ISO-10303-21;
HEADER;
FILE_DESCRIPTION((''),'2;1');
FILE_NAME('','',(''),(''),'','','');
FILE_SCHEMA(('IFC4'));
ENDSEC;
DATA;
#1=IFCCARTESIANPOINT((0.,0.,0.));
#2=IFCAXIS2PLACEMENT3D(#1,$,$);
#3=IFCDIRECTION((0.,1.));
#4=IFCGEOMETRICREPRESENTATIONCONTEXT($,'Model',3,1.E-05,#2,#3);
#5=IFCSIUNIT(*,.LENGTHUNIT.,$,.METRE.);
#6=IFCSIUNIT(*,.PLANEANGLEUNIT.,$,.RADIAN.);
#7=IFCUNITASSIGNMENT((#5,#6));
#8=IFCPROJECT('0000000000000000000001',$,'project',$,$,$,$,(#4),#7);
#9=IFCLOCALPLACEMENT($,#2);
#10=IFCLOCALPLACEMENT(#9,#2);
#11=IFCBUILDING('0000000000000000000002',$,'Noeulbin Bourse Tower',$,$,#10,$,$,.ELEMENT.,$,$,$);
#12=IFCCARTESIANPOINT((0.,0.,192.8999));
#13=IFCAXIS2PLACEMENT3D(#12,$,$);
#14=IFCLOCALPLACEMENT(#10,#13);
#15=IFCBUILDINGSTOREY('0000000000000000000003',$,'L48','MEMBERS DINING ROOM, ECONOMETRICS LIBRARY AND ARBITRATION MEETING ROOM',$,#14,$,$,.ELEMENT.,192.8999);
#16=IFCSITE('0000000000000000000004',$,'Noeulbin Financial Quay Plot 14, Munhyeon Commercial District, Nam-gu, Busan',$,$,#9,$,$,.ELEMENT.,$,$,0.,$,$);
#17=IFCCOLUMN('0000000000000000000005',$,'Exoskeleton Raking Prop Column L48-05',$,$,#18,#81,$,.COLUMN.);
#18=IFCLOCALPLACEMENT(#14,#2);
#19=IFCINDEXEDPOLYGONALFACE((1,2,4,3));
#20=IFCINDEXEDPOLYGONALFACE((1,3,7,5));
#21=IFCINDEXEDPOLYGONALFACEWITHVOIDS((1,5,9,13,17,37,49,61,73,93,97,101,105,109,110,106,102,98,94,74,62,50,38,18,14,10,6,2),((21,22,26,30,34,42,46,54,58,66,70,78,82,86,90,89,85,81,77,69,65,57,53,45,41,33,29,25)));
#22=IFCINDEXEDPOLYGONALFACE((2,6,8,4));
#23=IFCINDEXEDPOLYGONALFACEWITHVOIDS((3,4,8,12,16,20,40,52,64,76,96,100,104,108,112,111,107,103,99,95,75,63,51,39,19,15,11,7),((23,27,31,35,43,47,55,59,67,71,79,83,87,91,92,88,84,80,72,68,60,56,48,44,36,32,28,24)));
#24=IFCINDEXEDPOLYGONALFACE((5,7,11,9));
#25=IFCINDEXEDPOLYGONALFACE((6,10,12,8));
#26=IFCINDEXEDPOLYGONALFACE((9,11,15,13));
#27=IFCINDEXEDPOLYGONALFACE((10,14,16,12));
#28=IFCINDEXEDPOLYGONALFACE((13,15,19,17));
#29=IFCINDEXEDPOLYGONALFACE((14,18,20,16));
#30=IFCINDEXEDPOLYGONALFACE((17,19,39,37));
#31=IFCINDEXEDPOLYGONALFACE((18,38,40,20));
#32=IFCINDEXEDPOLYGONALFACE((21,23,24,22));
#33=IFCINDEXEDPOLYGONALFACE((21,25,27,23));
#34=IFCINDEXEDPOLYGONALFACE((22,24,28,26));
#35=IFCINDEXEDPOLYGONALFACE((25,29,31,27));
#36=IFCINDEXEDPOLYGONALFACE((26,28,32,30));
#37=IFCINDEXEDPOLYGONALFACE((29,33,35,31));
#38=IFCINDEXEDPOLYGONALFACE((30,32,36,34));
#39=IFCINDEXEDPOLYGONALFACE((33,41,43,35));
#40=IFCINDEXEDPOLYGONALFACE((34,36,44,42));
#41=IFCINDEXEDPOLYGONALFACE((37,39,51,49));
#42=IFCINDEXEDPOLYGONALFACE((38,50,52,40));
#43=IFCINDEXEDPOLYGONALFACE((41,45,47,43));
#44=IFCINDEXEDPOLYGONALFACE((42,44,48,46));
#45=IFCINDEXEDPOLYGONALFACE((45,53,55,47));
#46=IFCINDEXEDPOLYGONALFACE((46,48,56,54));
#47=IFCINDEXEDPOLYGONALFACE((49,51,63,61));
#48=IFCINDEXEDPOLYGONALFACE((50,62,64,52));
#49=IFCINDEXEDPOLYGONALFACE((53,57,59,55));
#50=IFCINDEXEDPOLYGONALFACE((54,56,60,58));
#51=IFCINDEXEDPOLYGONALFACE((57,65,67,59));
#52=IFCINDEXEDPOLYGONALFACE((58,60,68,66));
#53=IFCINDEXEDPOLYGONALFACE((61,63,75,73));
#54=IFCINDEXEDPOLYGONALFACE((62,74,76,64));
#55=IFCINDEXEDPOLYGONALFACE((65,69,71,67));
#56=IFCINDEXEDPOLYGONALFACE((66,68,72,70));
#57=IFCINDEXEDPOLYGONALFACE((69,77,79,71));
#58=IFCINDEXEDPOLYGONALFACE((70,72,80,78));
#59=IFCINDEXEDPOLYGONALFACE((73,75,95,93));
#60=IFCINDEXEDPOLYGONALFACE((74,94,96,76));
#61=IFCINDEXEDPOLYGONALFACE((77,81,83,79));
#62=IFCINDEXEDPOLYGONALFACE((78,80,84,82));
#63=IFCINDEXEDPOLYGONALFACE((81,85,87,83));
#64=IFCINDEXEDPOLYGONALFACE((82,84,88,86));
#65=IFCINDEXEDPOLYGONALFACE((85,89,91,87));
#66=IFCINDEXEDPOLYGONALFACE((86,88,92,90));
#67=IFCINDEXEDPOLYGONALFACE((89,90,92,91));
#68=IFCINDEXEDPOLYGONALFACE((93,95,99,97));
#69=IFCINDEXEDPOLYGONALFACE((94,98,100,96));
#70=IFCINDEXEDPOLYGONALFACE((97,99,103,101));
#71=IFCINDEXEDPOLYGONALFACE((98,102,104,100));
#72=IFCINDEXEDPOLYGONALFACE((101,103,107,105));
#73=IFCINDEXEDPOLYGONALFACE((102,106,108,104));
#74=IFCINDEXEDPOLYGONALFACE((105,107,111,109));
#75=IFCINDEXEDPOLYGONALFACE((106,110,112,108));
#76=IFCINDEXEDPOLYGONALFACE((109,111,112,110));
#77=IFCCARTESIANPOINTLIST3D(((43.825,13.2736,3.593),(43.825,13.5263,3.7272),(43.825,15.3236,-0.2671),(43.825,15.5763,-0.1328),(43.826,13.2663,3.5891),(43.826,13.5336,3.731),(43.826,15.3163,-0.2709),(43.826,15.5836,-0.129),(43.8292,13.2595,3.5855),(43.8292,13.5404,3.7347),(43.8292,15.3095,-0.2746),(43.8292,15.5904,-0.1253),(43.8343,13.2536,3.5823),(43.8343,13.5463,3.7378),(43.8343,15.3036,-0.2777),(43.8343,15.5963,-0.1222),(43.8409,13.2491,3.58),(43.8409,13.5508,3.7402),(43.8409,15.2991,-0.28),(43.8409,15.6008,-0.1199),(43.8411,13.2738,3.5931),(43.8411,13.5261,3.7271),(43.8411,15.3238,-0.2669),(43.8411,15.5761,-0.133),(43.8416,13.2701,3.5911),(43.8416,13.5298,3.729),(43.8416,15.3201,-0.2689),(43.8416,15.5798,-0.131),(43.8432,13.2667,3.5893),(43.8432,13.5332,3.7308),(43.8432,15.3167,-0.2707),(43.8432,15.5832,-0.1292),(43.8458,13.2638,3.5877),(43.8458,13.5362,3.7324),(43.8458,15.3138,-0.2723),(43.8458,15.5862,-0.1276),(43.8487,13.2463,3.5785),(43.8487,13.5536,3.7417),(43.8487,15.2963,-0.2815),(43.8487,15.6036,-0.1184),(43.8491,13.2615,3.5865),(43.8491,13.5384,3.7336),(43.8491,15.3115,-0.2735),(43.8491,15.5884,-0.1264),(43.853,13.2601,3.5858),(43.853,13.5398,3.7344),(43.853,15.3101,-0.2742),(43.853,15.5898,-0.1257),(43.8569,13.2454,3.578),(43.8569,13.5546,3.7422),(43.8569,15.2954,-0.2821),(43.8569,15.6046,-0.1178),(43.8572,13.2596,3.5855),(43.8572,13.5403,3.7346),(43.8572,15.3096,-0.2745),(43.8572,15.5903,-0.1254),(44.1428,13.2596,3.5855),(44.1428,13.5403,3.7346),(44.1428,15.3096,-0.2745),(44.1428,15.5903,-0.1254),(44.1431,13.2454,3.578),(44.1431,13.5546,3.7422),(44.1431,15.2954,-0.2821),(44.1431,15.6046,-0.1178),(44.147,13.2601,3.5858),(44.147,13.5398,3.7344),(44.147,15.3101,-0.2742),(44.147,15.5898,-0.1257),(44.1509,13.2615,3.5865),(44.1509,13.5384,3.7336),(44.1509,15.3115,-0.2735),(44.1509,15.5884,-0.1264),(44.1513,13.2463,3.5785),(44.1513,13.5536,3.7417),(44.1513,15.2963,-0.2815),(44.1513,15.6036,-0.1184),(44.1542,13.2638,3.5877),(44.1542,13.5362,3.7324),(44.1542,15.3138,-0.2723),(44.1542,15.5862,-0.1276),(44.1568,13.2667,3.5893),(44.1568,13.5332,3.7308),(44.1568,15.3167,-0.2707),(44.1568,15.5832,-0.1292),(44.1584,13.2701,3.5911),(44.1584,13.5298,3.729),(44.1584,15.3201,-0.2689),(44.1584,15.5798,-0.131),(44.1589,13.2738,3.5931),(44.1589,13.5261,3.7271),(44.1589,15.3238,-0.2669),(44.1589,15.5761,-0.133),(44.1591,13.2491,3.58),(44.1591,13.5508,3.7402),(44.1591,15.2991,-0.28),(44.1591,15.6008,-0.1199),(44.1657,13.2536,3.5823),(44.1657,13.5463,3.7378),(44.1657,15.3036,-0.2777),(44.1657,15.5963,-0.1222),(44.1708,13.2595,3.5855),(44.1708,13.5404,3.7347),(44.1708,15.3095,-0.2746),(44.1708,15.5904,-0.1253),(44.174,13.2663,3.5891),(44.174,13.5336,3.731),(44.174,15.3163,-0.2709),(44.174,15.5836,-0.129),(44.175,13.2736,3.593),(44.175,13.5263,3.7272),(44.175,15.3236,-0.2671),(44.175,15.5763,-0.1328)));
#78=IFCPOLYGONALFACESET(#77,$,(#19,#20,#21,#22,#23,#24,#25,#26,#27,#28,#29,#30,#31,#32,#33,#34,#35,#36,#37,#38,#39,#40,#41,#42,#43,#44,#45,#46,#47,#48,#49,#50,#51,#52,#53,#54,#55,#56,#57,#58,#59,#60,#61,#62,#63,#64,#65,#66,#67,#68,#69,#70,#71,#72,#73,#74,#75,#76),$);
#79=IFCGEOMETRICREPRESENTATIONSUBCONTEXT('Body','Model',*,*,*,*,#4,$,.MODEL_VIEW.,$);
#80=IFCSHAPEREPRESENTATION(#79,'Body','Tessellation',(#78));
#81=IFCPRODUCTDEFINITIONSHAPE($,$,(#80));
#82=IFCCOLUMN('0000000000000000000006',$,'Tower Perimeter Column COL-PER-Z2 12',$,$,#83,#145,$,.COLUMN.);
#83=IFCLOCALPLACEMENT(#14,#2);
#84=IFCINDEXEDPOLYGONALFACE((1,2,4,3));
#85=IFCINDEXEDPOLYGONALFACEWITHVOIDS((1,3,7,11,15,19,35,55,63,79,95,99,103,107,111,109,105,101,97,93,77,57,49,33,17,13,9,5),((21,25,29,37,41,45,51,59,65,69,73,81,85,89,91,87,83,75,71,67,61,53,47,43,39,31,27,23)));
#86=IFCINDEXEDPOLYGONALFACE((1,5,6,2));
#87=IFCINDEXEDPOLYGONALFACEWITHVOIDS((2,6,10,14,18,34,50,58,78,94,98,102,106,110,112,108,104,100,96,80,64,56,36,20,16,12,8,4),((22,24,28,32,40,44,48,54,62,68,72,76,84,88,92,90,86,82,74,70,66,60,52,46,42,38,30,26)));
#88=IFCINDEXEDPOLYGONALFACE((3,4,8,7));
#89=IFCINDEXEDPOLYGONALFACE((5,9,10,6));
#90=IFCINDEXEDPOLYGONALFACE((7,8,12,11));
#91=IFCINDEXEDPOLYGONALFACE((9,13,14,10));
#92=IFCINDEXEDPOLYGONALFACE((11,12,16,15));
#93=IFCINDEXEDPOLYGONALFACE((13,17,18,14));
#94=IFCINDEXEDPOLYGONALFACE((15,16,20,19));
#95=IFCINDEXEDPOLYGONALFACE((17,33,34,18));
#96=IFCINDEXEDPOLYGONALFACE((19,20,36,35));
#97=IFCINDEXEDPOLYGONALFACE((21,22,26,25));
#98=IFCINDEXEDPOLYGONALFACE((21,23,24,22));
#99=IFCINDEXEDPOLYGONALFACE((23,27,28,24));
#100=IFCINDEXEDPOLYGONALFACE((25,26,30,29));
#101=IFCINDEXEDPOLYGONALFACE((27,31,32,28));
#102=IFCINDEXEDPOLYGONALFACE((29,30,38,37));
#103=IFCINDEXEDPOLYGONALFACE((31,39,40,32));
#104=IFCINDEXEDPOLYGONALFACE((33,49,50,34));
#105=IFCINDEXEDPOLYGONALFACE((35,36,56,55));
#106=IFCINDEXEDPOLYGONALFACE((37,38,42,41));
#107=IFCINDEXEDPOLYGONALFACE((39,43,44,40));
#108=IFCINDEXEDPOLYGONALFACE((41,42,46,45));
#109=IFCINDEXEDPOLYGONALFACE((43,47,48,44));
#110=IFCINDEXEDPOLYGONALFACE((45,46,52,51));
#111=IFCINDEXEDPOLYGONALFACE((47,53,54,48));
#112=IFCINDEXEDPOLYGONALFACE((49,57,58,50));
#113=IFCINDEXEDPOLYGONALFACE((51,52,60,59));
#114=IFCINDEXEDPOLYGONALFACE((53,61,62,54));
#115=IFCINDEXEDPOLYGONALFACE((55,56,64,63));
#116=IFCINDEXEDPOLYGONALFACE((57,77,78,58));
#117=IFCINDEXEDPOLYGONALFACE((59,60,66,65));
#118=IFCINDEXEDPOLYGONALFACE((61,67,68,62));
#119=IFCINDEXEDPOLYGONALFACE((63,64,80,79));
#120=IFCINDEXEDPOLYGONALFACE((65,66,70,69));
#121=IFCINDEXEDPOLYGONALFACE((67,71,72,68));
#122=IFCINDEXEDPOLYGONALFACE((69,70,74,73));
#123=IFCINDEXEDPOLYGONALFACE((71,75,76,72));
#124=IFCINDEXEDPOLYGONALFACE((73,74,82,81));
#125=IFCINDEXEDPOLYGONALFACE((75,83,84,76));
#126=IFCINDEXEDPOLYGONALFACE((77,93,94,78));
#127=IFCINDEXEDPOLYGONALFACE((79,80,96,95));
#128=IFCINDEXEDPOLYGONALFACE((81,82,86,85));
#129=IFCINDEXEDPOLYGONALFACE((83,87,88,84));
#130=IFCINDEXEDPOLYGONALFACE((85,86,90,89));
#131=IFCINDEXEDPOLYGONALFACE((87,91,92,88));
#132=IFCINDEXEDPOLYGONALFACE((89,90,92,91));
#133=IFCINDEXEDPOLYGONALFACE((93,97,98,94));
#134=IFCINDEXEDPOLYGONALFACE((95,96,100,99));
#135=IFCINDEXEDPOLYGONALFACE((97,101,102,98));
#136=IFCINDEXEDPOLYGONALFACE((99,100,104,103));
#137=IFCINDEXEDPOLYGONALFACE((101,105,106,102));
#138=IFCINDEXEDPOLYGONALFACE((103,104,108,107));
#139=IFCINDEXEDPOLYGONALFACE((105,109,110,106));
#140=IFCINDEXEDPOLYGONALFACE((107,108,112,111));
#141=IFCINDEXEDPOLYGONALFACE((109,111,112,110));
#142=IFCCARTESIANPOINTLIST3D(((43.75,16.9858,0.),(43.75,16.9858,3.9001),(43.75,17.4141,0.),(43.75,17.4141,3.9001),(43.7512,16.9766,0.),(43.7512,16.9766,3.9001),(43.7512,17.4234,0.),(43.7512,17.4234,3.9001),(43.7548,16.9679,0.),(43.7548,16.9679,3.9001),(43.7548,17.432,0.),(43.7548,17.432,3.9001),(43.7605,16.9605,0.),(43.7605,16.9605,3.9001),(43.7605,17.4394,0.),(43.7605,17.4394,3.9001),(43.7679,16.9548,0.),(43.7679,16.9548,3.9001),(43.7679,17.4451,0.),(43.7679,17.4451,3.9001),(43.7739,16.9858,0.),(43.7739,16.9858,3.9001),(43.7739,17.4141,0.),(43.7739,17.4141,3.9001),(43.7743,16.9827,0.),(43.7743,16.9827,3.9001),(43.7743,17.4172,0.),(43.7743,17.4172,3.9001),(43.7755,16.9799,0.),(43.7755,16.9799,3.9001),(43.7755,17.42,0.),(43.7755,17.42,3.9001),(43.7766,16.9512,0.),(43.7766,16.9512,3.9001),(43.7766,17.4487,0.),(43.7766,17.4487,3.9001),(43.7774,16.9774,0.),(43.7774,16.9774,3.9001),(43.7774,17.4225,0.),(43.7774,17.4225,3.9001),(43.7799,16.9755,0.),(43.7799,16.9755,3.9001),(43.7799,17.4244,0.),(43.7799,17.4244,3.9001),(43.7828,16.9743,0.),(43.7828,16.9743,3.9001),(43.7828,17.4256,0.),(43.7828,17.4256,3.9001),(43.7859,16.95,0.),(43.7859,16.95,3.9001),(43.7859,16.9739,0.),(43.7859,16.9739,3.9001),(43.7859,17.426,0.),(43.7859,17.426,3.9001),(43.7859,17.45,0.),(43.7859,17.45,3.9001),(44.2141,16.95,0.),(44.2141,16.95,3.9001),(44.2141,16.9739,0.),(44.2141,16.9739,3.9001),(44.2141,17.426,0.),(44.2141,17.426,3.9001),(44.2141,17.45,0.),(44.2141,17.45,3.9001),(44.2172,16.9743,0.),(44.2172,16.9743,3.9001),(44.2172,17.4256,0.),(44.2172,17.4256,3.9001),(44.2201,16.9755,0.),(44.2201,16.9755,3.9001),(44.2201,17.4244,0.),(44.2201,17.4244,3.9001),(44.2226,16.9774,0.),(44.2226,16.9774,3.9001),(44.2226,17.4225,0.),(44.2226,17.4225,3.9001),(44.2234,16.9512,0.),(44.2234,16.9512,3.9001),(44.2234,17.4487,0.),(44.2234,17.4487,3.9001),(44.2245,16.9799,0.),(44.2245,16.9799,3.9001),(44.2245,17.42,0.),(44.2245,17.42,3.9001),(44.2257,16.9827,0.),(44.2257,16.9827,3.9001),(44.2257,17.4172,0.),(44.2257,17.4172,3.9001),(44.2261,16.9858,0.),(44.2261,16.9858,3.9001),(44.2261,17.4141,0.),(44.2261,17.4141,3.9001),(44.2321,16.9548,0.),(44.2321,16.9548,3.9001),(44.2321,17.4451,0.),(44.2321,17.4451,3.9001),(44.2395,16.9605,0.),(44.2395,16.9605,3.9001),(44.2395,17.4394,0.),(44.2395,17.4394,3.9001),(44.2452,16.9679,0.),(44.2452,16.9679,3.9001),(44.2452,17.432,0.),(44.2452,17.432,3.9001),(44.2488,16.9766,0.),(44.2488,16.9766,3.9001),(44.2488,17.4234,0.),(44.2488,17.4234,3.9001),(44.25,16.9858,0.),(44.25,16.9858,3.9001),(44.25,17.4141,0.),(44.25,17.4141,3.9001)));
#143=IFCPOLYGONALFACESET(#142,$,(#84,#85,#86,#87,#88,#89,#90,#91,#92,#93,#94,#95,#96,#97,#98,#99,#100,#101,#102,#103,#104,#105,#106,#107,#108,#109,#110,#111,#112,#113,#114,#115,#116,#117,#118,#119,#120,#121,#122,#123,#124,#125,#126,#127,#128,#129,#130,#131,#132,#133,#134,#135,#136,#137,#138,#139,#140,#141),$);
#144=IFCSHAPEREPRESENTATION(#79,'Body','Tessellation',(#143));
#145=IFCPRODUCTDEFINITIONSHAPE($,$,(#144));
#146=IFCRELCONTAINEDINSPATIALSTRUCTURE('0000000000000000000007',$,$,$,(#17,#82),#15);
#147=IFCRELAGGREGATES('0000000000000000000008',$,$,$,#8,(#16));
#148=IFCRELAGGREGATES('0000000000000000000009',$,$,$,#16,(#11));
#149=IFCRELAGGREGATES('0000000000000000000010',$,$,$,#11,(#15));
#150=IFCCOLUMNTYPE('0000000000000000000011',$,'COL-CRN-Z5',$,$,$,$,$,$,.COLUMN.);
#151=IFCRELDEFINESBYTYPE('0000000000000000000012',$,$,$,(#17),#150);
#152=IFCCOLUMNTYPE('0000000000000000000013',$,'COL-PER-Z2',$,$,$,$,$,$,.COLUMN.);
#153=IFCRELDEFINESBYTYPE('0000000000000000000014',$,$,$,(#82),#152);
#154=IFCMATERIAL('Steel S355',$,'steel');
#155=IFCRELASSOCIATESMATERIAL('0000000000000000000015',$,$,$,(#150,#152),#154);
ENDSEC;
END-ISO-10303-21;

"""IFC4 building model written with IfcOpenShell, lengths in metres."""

from ifc_helpers import new_model, si_unit, direction, frame, origin, origin_2d, place, context, subcontext, project, spatial, hollow_rectangle, extrude, material, material_profile, profile_set, type_object, element, save


model = new_model("IFC4")

# Units and contexts
model_context = context("Model", 3, precision=1e-05, world=origin(), true_north=direction((0.0, 1.0)))
body_context = subcontext(model_context, "Body", "Model", "MODEL_VIEW")
ifc_project = project(units=[si_unit("LENGTHUNIT", "METRE"), si_unit("PLANEANGLEUNIT", "RADIAN")], contexts=[model_context])

# Site, building, storey
site_placement = place(None, origin())
site = spatial("IfcSite", under=ifc_project, at=site_placement, Name="Noeulbin Financial Quay Plot 14, Munhyeon Commercial District, Nam-gu, Busan", CompositionType="ELEMENT", RefElevation=0.0)
building_placement = place(site_placement, origin())
building = spatial("IfcBuilding", under=site, at=building_placement, Name="Noeulbin Bourse Tower", CompositionType="ELEMENT")
storey_placement = place(building_placement, frame((0.0, 0.0, 192.8999)))
storey = spatial("IfcBuildingStorey", under=building, at=storey_placement, Name="L48", Description="MEMBERS DINING ROOM, ECONOMETRICS LIBRARY AND ARBITRATION MEETING ROOM", CompositionType="ELEMENT", Elevation=192.8999)

# Columns
ifc_material_1 = material(Name="Steel S355", Category="steel")
ifc_material_profile_1 = material_profile(ifc_material_1, hollow_rectangle(XDim=0.3501, YDim=0.3501, WallThickness=0.0161, InnerFilletRadius=0.0161, OuterFilletRadius=0.032, at=origin_2d()), Name="SHS-350x350x16", Category="LoadBearing")
ifc_profile_set_1 = profile_set([ifc_material_profile_1], Name="Steel S355")
column_type_1 = type_object("IfcColumnType", Name="COL-CRN-Z5", PredefinedType="COLUMN", material=ifc_profile_set_1)
column_1_placement = place(storey_placement, frame((44.0, 15.45, -0.2), z_axis=(0.0, -0.469042, 0.883176), x_axis=(1.0, 0.0, 0.0)))
element("IfcColumn", 1, at=column_1_placement, inside=storey, type_object=column_type_1, Name="Exoskeleton Raking Prop Column L48-05", PredefinedType="COLUMN", context=body_context, shape_type="SweptSolid", body=[
    extrude(hollow_rectangle(XDim=0.3501, YDim=0.3501, WallThickness=0.0161, InnerFilletRadius=0.0161, OuterFilletRadius=0.032, at=origin_2d()), origin(), (0.0, 0.0, 1.0), 4.3706),
])
ifc_material_profile_2 = material_profile(ifc_material_1, hollow_rectangle(XDim=0.5, YDim=0.5, WallThickness=0.0239, InnerFilletRadius=0.012, OuterFilletRadius=0.0359, at=origin_2d()), Name="BOX-500x500x24", Category="LoadBearing")
ifc_profile_set_2 = profile_set([ifc_material_profile_2], Name="Steel S355")
column_type_2 = type_object("IfcColumnType", Name="COL-PER-Z2", PredefinedType="COLUMN", material=ifc_profile_set_2)
column_2_placement = place(storey_placement, frame((44.0, 17.2, 0.0), z_axis=(0.0, 0.0, 1.0), x_axis=(1.0, 0.0, 0.0)))
element("IfcColumn", 2, at=column_2_placement, inside=storey, type_object=column_type_2, Name="Tower Perimeter Column COL-PER-Z2 12", PredefinedType="COLUMN", context=body_context, shape_type="SweptSolid", body=[
    extrude(hollow_rectangle(XDim=0.5, YDim=0.5, WallThickness=0.0239, InnerFilletRadius=0.012, OuterFilletRadius=0.0359, at=origin_2d()), origin(), (0.0, 0.0, 1.0), 3.9001),
])

save(model, "model.ifc")
